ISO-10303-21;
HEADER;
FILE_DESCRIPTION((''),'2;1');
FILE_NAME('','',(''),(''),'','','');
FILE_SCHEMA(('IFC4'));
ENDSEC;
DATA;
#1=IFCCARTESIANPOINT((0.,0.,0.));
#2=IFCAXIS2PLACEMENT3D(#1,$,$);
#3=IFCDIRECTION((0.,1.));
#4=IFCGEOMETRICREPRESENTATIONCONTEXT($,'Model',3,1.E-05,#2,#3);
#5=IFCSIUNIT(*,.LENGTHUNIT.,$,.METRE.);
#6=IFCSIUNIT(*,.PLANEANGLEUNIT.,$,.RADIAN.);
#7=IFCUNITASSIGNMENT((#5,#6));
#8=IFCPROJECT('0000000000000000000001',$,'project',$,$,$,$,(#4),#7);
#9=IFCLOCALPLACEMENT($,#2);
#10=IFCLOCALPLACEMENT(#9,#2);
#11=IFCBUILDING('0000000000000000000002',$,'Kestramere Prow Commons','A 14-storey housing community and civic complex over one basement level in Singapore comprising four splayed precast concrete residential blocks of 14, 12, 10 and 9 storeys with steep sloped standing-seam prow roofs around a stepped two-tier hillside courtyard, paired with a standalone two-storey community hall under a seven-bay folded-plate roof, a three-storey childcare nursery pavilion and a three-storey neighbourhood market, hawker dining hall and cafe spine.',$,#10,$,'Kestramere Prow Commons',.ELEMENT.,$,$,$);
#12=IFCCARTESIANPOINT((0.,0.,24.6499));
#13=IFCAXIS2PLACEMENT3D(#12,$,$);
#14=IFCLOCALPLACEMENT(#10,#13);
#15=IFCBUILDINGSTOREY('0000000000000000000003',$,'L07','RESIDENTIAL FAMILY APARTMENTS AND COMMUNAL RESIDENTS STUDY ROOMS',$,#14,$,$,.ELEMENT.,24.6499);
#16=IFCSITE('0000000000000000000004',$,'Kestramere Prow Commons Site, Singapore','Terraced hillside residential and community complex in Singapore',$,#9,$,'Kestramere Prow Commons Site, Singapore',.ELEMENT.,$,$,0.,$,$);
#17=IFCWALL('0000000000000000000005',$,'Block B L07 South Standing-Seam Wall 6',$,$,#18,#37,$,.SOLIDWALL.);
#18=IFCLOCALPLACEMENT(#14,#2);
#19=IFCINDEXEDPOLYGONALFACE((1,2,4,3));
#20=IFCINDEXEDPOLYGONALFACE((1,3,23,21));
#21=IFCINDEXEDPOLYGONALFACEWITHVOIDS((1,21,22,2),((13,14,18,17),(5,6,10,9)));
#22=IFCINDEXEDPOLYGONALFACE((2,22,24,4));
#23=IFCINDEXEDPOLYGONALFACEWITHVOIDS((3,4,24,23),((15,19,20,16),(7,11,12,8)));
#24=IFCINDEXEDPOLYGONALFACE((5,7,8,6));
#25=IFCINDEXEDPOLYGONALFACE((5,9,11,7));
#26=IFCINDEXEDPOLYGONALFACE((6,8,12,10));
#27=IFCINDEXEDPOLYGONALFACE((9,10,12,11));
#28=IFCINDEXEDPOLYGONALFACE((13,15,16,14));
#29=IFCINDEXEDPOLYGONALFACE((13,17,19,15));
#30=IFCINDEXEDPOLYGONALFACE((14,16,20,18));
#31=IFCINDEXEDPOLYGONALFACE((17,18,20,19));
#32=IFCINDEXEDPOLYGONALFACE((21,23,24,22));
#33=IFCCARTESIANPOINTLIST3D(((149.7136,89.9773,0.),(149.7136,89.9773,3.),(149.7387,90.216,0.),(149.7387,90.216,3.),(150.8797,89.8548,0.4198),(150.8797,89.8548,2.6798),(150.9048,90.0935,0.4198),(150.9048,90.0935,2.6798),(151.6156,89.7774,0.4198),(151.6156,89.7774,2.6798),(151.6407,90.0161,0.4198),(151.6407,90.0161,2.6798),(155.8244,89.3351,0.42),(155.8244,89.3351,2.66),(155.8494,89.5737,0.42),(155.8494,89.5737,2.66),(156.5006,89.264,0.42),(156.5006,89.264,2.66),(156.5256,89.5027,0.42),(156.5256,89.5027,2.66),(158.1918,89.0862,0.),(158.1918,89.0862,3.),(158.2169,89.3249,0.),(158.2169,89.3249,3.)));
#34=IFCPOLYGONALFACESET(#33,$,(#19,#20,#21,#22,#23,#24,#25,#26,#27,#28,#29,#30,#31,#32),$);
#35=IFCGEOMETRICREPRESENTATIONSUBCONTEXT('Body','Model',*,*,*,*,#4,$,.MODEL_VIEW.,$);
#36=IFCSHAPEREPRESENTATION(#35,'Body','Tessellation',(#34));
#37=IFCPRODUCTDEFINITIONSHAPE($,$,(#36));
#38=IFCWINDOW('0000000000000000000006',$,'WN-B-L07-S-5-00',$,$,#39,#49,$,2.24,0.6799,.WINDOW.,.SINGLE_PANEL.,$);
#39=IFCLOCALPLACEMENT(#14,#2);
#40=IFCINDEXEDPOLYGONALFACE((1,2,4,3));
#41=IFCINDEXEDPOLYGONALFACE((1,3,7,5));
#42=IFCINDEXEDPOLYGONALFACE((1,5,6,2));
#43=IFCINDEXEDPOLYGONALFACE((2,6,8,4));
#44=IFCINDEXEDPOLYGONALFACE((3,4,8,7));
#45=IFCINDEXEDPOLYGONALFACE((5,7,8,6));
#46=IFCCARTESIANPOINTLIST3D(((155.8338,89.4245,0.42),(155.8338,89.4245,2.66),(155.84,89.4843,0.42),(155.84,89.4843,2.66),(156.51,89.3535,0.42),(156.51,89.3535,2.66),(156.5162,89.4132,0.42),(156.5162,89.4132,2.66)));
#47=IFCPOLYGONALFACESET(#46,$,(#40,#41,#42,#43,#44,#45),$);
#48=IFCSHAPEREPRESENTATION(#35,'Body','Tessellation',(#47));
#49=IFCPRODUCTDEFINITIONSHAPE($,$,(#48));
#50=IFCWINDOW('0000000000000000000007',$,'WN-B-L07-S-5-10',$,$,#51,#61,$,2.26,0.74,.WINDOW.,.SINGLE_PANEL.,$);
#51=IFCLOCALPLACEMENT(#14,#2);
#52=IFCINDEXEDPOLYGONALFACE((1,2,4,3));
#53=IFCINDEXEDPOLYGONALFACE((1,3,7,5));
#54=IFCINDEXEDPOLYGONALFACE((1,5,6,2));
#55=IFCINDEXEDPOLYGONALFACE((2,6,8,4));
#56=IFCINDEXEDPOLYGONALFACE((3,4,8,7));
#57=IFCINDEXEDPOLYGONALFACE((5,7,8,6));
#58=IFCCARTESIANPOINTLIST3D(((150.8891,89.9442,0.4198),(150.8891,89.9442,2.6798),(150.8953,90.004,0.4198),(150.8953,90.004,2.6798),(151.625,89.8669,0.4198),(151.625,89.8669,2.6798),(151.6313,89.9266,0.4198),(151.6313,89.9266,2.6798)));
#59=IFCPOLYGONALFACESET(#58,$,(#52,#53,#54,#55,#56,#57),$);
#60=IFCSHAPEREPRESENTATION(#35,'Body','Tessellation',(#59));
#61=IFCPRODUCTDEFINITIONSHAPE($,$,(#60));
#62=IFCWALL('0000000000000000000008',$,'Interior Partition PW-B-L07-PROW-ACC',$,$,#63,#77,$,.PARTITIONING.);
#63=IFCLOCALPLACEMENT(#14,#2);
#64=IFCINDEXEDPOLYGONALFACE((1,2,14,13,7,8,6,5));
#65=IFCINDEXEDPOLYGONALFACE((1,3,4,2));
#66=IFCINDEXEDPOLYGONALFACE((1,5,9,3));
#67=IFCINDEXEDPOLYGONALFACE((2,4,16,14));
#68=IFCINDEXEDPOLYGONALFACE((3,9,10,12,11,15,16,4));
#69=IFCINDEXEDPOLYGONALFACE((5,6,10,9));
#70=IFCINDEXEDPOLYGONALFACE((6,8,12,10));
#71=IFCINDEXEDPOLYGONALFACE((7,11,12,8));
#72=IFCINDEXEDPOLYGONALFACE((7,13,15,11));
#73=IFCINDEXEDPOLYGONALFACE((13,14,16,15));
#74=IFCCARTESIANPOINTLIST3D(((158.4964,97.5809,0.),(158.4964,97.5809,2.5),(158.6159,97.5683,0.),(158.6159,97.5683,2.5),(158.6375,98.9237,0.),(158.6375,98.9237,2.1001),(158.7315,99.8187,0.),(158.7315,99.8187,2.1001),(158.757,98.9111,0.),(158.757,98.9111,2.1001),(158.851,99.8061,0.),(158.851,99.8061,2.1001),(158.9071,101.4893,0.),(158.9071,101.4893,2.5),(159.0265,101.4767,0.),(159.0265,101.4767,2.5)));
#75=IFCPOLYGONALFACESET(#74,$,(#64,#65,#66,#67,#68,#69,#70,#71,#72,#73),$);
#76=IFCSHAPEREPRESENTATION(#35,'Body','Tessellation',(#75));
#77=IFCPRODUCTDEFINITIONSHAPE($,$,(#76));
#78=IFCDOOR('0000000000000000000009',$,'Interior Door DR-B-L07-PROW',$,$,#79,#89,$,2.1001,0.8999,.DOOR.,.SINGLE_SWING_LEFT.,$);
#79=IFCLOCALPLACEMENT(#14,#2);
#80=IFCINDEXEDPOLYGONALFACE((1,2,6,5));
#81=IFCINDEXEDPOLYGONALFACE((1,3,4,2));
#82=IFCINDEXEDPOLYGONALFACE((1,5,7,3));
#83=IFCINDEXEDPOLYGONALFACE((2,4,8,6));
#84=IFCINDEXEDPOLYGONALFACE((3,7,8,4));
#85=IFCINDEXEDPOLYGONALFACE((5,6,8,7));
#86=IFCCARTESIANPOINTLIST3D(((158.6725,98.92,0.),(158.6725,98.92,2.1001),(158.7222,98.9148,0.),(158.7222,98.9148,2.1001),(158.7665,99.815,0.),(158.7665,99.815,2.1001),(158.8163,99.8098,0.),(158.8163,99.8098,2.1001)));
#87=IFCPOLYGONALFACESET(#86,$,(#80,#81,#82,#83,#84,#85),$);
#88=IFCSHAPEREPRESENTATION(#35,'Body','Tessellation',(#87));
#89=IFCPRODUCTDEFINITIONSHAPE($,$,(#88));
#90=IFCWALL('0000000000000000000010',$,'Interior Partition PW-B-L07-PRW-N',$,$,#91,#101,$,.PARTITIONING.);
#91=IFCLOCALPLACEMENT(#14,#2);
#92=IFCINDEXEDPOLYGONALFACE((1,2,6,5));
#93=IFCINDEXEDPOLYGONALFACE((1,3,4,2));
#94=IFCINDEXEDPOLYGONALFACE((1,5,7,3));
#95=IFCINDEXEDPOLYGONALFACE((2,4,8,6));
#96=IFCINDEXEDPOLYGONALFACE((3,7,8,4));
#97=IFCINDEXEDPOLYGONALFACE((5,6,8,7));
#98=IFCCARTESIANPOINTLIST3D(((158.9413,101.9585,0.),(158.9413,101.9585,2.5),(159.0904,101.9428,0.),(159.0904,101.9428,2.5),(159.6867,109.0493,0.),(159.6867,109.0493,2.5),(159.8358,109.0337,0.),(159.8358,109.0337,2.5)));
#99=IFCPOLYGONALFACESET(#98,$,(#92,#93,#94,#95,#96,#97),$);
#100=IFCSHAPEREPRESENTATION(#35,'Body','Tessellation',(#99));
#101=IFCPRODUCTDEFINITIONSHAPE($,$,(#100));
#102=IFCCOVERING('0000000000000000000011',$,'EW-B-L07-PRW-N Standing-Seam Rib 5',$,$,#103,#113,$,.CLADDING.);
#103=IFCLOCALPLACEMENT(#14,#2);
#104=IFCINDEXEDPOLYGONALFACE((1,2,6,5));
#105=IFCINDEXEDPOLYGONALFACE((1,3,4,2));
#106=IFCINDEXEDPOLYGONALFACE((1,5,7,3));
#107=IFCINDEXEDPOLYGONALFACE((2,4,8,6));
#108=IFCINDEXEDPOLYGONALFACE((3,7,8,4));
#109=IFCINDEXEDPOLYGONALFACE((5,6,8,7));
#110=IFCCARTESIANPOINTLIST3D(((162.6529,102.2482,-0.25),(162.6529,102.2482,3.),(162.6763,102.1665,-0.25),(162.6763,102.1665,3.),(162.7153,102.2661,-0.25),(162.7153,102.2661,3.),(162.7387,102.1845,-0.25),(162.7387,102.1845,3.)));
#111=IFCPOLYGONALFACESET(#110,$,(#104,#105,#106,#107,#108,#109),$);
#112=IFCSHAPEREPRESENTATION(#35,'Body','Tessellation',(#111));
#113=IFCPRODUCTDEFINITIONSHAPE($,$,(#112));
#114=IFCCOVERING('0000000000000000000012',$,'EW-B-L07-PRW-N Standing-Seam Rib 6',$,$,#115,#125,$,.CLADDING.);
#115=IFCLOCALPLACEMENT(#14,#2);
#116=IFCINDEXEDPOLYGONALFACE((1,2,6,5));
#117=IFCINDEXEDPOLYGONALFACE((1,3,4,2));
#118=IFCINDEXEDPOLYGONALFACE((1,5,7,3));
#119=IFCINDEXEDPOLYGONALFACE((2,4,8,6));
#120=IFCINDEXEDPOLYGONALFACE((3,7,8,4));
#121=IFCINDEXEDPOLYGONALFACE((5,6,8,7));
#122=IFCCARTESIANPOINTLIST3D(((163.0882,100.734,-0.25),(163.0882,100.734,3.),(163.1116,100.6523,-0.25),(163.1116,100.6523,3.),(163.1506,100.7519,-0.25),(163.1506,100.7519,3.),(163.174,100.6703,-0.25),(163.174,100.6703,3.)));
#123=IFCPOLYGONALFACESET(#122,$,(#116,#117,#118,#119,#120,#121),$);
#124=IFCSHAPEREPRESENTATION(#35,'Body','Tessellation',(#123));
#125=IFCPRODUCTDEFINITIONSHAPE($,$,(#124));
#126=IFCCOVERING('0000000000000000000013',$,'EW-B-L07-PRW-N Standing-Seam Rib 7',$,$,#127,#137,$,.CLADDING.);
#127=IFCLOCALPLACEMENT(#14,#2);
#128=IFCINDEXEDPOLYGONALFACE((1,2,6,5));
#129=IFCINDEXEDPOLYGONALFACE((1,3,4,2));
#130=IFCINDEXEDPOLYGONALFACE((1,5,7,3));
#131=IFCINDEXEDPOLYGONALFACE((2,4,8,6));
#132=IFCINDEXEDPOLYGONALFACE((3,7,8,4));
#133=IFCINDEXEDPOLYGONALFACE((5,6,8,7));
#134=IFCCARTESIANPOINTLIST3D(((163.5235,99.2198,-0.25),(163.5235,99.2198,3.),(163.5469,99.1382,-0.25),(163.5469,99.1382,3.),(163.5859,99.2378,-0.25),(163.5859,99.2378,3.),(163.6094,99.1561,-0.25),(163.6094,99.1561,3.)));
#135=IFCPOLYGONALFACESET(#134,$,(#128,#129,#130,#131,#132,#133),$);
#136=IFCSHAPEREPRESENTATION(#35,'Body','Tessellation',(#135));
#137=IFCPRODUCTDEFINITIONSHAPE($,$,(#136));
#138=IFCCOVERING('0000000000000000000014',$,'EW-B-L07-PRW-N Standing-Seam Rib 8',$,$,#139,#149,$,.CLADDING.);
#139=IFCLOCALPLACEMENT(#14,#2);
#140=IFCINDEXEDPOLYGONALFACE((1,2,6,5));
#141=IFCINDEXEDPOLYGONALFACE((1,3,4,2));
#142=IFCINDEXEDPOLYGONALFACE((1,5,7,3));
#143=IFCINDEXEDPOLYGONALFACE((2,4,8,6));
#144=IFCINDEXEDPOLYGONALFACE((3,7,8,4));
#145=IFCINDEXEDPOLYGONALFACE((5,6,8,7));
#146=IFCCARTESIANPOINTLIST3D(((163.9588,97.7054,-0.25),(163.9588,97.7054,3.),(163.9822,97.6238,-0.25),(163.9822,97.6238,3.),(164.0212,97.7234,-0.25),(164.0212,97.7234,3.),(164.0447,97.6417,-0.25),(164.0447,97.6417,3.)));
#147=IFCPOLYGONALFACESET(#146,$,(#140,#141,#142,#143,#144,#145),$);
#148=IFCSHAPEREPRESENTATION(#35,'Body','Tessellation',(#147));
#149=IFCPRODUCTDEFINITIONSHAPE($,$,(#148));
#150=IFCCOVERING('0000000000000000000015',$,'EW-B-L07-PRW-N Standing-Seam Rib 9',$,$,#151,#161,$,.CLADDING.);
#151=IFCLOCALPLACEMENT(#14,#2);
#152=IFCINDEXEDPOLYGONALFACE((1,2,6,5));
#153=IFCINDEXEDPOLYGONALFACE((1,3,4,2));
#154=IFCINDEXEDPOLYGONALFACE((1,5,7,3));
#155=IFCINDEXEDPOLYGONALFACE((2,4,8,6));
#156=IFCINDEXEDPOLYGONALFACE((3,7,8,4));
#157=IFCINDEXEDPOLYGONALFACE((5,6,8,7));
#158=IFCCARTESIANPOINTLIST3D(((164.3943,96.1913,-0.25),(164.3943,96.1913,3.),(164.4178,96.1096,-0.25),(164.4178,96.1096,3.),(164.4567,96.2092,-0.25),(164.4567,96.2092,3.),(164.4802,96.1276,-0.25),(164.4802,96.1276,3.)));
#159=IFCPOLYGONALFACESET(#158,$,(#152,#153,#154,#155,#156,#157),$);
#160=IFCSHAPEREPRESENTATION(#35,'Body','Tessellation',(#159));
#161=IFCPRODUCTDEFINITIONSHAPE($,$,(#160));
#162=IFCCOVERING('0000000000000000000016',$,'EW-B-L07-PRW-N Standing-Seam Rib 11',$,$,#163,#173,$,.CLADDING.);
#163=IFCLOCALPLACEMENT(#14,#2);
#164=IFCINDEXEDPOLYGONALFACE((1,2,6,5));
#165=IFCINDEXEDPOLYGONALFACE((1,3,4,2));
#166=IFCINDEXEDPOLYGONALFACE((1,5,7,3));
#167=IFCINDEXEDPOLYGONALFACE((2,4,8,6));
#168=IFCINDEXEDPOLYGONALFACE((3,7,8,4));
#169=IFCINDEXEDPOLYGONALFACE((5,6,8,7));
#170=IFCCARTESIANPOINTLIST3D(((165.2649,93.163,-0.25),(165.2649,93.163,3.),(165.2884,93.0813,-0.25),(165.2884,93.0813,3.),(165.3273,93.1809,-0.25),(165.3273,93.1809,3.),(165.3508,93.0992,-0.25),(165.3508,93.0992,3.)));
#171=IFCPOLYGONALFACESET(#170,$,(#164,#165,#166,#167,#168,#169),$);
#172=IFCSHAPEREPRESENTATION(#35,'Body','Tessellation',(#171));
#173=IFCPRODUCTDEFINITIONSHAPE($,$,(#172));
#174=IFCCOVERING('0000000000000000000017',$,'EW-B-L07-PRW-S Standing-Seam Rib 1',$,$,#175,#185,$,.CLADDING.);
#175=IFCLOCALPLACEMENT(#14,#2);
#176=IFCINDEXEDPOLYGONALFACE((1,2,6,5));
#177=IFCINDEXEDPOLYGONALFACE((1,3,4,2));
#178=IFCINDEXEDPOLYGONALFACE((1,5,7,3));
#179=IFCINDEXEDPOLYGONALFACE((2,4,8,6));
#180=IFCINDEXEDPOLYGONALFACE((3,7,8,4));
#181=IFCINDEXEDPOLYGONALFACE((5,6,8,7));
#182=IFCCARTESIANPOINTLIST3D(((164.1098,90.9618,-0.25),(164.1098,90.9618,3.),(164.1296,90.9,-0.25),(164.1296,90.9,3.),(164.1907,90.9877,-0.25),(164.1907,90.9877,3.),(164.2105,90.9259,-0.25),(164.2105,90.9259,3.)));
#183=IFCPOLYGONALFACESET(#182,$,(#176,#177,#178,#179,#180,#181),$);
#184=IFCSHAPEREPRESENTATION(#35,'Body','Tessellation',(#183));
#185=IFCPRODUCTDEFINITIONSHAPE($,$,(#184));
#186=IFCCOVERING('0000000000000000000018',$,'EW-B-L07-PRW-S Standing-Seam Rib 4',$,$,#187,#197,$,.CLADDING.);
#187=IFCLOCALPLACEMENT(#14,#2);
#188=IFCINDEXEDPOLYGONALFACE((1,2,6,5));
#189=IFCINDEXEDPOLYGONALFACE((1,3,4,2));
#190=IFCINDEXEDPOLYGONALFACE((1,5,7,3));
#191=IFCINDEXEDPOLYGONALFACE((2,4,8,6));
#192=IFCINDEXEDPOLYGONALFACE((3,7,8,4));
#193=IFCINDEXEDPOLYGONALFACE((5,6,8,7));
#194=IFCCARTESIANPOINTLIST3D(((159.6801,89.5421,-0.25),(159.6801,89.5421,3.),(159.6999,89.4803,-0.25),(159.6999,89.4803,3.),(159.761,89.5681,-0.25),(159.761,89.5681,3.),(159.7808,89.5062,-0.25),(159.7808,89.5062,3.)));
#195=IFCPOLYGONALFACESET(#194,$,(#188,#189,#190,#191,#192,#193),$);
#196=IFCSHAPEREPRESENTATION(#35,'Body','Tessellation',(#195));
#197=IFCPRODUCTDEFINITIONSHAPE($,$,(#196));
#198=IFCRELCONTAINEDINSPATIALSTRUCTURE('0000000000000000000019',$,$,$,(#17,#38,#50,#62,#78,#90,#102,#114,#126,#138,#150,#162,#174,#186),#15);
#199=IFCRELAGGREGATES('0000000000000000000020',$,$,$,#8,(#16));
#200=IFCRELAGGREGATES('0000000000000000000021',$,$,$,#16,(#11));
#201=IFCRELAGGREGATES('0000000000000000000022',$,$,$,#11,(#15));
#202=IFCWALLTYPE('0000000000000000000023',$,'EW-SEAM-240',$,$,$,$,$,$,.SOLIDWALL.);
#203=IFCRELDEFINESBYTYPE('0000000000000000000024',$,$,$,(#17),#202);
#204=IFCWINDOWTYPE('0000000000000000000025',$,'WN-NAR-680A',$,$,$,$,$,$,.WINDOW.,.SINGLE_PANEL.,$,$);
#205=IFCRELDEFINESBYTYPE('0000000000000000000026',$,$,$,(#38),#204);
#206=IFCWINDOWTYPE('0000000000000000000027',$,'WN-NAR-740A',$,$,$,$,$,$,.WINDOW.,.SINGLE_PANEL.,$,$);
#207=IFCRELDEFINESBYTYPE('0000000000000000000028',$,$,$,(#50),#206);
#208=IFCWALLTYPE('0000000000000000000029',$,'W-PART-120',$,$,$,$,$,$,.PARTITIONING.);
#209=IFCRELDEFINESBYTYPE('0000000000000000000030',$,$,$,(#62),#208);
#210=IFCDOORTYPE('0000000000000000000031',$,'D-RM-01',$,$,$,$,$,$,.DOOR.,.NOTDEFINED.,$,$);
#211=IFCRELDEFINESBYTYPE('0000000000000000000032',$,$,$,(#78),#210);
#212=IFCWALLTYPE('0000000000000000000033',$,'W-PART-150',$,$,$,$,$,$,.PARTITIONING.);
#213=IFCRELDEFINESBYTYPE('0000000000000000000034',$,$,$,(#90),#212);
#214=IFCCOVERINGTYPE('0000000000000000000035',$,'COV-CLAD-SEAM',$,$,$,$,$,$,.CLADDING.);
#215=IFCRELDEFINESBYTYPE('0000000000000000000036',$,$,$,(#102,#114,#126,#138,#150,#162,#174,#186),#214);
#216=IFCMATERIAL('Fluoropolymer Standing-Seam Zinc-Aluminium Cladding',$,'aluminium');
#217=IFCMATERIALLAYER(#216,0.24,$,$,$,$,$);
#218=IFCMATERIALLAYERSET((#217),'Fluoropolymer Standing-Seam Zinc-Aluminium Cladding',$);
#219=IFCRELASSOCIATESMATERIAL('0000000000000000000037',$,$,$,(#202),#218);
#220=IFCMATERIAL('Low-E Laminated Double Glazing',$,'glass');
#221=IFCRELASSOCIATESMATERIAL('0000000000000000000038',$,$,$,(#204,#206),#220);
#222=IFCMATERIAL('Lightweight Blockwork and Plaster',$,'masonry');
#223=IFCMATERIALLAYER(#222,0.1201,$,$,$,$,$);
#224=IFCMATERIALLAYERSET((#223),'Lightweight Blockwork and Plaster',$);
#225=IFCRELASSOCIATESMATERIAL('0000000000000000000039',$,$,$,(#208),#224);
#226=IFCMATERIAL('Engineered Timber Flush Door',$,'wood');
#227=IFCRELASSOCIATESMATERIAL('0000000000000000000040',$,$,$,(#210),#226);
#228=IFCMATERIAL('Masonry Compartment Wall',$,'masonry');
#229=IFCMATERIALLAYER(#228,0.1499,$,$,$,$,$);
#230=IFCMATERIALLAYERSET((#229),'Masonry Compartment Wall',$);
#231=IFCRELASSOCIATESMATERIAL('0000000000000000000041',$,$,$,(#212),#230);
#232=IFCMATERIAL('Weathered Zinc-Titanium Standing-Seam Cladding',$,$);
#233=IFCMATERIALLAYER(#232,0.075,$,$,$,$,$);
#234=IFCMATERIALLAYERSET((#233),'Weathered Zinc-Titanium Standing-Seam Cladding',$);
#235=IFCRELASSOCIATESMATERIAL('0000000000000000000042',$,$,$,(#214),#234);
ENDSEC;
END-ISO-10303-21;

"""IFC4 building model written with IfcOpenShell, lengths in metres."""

from ifc_helpers import new_model, si_unit, direction, frame, frame_2d, origin, origin_2d, place, context, subcontext, project, spatial, rectangle, extrude, material, layer, layer_set, type_object, element, fill, save


model = new_model("IFC4")

# Units and contexts
model_context = context("Model", 3, precision=1e-05, world=origin(), true_north=direction((0.0, 1.0)))
body_context = subcontext(model_context, "Body", "Model", "MODEL_VIEW")
ifc_project = project(units=[si_unit("LENGTHUNIT", "METRE"), si_unit("PLANEANGLEUNIT", "RADIAN")], contexts=[model_context])

# Site, building, storey
site_placement = place(None, origin())
site = spatial("IfcSite", under=ifc_project, at=site_placement, Name="Kestramere Prow Commons Site, Singapore", Description="Terraced hillside residential and community complex in Singapore", LongName="Kestramere Prow Commons Site, Singapore", CompositionType="ELEMENT", RefElevation=0.0)
building_placement = place(site_placement, origin())
building = spatial("IfcBuilding", under=site, at=building_placement, Name="Kestramere Prow Commons", Description="A 14-storey housing community and civic complex over one basement level in Singapore comprising four splayed precast concrete residential blocks of 14, 12, 10 and 9 storeys with steep sloped standing-seam prow roofs around a stepped two-tier hillside courtyard, paired with a standalone two-storey community hall under a seven-bay folded-plate roof, a three-storey childcare nursery pavilion and a three-storey neighbourhood market, hawker dining hall and cafe spine.", LongName="Kestramere Prow Commons", CompositionType="ELEMENT")
storey_placement = place(building_placement, frame((0.0, 0.0, 24.6499)))
storey = spatial("IfcBuildingStorey", under=building, at=storey_placement, Name="L07", Description="RESIDENTIAL FAMILY APARTMENTS AND COMMUNAL RESIDENTS STUDY ROOMS", CompositionType="ELEMENT", Elevation=24.6499)

# Wall, openings, windows
ifc_material_1 = material(Name="Weathered Zinc-Titanium Standing-Seam Cladding")
ifc_material_2 = material(Name="Low-E Laminated Double Glazing", Category="glass")
ifc_material_3 = material(Name="Fluoropolymer Standing-Seam Zinc-Aluminium Cladding", Category="aluminium")
ifc_layer_1 = layer(ifc_material_3, 0.24)
ifc_layer_set_1 = layer_set([ifc_layer_1], Name="Fluoropolymer Standing-Seam Zinc-Aluminium Cladding")
wall_type_1 = type_object("IfcWallType", Name="EW-SEAM-240", PredefinedType="SOLIDWALL", material=ifc_layer_set_1)
wall_1_placement = place(storey_placement, frame((158.2043, 89.2056, 0.0), z_axis=(0.0, 0.0, 1.0), x_axis=(-0.994522, 0.10453, 0.0)))
wall_1 = element("IfcWall", 1, at=wall_1_placement, inside=storey, type_object=wall_type_1, Name="Block B L07 South Standing-Seam Wall 6", PredefinedType="SOLIDWALL", context=body_context, shape_type="SweptSolid", body=[
    extrude(rectangle(XDim=8.5249, YDim=0.24, at=frame_2d((4.2625, 0.0))), origin(), (0.0, 0.0, 1.0), 3.0),
])
opening_1_placement = place(wall_1_placement, frame((1.7007, 0.0, 0.4199)))
opening_1 = element("IfcOpeningElement", 2, at=opening_1_placement, cuts=wall_1, PredefinedType="OPENING", context=body_context, shape_type="SweptSolid", body=[
    extrude(rectangle(XDim=0.6799, YDim=2.24, at=frame_2d((0.3398, 1.1201))), frame((0.0, 0.135, 0.0), z_axis=(0.0, -1.0, 0.0), x_axis=(1.0, 0.0, 0.0)), (0.0, 0.0, 1.0), 0.27),
])
opening_2_placement = place(wall_1_placement, frame((6.6123, 0.0, 0.4199)))
opening_2 = element("IfcOpeningElement", 3, at=opening_2_placement, cuts=wall_1, PredefinedType="OPENING", context=body_context, shape_type="SweptSolid", body=[
    extrude(rectangle(XDim=0.74, YDim=2.26, at=frame_2d((0.3701, 1.1299))), frame((0.0, 0.135, 0.0), z_axis=(0.0, -1.0, 0.0), x_axis=(1.0, 0.0, 0.0)), (0.0, 0.0, 1.0), 0.27),
])
window_type_1 = type_object("IfcWindowType", Name="WN-NAR-680A", PartitioningType="SINGLE_PANEL", PredefinedType="WINDOW", material=ifc_material_2)
window_1_placement = place(opening_1_placement, origin())
window_1 = element("IfcWindow", 4, at=window_1_placement, inside=storey, type_object=window_type_1, Name="WN-B-L07-S-5-00", OverallHeight=2.24, OverallWidth=0.6799, PartitioningType="SINGLE_PANEL", PredefinedType="WINDOW", context=body_context, shape_type="SweptSolid", body=[
    extrude(rectangle(XDim=0.6799, YDim=2.24, at=frame_2d((0.3398, 1.1201))), frame((0.0, 0.03, 0.0), z_axis=(0.0, -1.0, 0.0), x_axis=(1.0, 0.0, 0.0)), (0.0, 0.0, 1.0), 0.0601),
])
fill(opening_1, window_1)
window_type_2 = type_object("IfcWindowType", Name="WN-NAR-740A", PartitioningType="SINGLE_PANEL", PredefinedType="WINDOW", material=ifc_material_2)
window_2_placement = place(opening_2_placement, origin())
window_2 = element("IfcWindow", 5, at=window_2_placement, inside=storey, type_object=window_type_2, Name="WN-B-L07-S-5-10", OverallHeight=2.26, OverallWidth=0.74, PartitioningType="SINGLE_PANEL", PredefinedType="WINDOW", context=body_context, shape_type="SweptSolid", body=[
    extrude(rectangle(XDim=0.74, YDim=2.26, at=frame_2d((0.3701, 1.1299))), frame((0.0, 0.03, 0.0), z_axis=(0.0, -1.0, 0.0), x_axis=(1.0, 0.0, 0.0)), (0.0, 0.0, 1.0), 0.0601),
])
fill(opening_2, window_2)

# Wall, opening, door
ifc_material_4 = material(Name="Lightweight Blockwork and Plaster", Category="masonry")
ifc_layer_2 = layer(ifc_material_4, 0.1201)
ifc_layer_set_2 = layer_set([ifc_layer_2], Name="Lightweight Blockwork and Plaster")
wall_type_2 = type_object("IfcWallType", Name="W-PART-120", PredefinedType="PARTITIONING", material=ifc_layer_set_2)
wall_2_placement = place(storey_placement, frame((158.5562, 97.5747, 0.0), z_axis=(0.0, 0.0, 1.0), x_axis=(0.104491, 0.994526, 0.0)))
wall_2 = element("IfcWall", 6, at=wall_2_placement, inside=storey, type_object=wall_type_2, Name="Interior Partition PW-B-L07-PROW-ACC", PredefinedType="PARTITIONING", context=body_context, shape_type="SweptSolid", body=[
    extrude(rectangle(XDim=3.9299, YDim=0.1201, at=frame_2d((1.9648, 0.0))), origin(), (0.0, 0.0, 1.0), 2.5),
])
opening_3_placement = place(wall_2_placement, frame((1.3501, 0.0, 0.0)))
opening_3 = element("IfcOpeningElement", 7, at=opening_3_placement, cuts=wall_2, PredefinedType="OPENING", context=body_context, shape_type="SweptSolid", body=[
    extrude(rectangle(XDim=0.8999, YDim=2.1001, at=frame_2d((0.45, 1.05))), frame((0.0, 0.075, 0.0), z_axis=(0.0, -1.0, 0.0), x_axis=(1.0, 0.0, 0.0)), (0.0, 0.0, 1.0), 0.1501),
])
ifc_material_5 = material(Name="Engineered Timber Flush Door", Category="wood")
door_type = type_object("IfcDoorType", Name="D-RM-01", OperationType="NOTDEFINED", PredefinedType="DOOR", material=ifc_material_5)
door_placement = place(opening_3_placement, origin())
door = element("IfcDoor", 8, at=door_placement, inside=storey, type_object=door_type, Name="Interior Door DR-B-L07-PROW", OperationType="SINGLE_SWING_LEFT", OverallHeight=2.1001, OverallWidth=0.8999, PredefinedType="DOOR", context=body_context, shape_type="SweptSolid", body=[
    extrude(rectangle(XDim=0.8999, YDim=2.1001, at=frame_2d((0.45, 1.05))), frame((0.0, 0.0249, 0.0), z_axis=(0.0, -1.0, 0.0), x_axis=(1.0, 0.0, 0.0)), (0.0, 0.0, 1.0), 0.05),
])
fill(opening_3, door)

# Wall
ifc_material_6 = material(Name="Masonry Compartment Wall", Category="masonry")
ifc_layer_3 = layer(ifc_material_6, 0.1499)
ifc_layer_set_3 = layer_set([ifc_layer_3], Name="Masonry Compartment Wall")
wall_type_3 = type_object("IfcWallType", Name="W-PART-150", PredefinedType="PARTITIONING", material=ifc_layer_set_3)
wall_3_placement = place(storey_placement, frame((159.0159, 101.9507, 0.0), z_axis=(0.0, 0.0, 1.0), x_axis=(0.10454, 0.994521, 0.0)))
element("IfcWall", 9, at=wall_3_placement, inside=storey, type_object=wall_type_3, Name="Interior Partition PW-B-L07-PRW-N", PredefinedType="PARTITIONING", context=body_context, shape_type="SweptSolid", body=[
    extrude(rectangle(XDim=7.1299, YDim=0.1499, at=frame_2d((3.5649, 0.0))), origin(), (0.0, 0.0, 1.0), 2.5),
])

# Coverings
ifc_layer_4 = layer(ifc_material_1, 0.075)
ifc_layer_set_4 = layer_set([ifc_layer_4], Name="Weathered Zinc-Titanium Standing-Seam Cladding")
covering_type = type_object("IfcCoveringType", Name="COV-CLAD-SEAM", PredefinedType="CLADDING", material=ifc_layer_set_4)
for number, where, z_axis, x_axis, name in (
    (10, (162.6958, 102.2163, -0.25), (0.0, 0.0, 1.0), (0.276318, -0.961066, 0.0), "EW-B-L07-PRW-N Standing-Seam Rib 5"),
    (11, (163.1311, 100.7021, -0.25), (0.0, 0.0, 1.0), (0.276318, -0.961066, 0.0), "EW-B-L07-PRW-N Standing-Seam Rib 6"),
    (12, (163.5664, 99.188, -0.25), (0.0, 0.0, 1.0), (0.276318, -0.961066, 0.0), "EW-B-L07-PRW-N Standing-Seam Rib 7"),
    (13, (164.0017, 97.6736, -0.25), (0.0, 0.0, 1.0), (0.276318, -0.961066, 0.0), "EW-B-L07-PRW-N Standing-Seam Rib 8"),
    (14, (164.4373, 96.1594, -0.25), (0.0, 0.0, 1.0), (0.276318, -0.961066, 0.0), "EW-B-L07-PRW-N Standing-Seam Rib 9"),
    (15, (165.3079, 93.1311, -0.25), (0.0, 0.0, 1.0), (0.276318, -0.961066, 0.0), "EW-B-L07-PRW-N Standing-Seam Rib 11"),
    (16, (164.1602, 90.9438, -0.25), (0.0, 0.0, 1.0), (-0.952283, -0.305215, 0.0), "EW-B-L07-PRW-S Standing-Seam Rib 1"),
    (17, (159.7305, 89.5242, -0.25), (0.0, 0.0, 1.0), (-0.952283, -0.305215, 0.0), "EW-B-L07-PRW-S Standing-Seam Rib 4"),
):
    element("IfcCovering", number, at=place(storey_placement, frame(where, z_axis=z_axis, x_axis=x_axis)), inside=storey, type_object=covering_type, Name=name, PredefinedType="CLADDING", context=body_context, shape_type="SweptSolid", body=[
        extrude(rectangle(XDim=0.085, YDim=0.0649, at=origin_2d()), origin(), (0.0, 0.0, 1.0), 3.25),
    ])

save(model, "model.ifc")
